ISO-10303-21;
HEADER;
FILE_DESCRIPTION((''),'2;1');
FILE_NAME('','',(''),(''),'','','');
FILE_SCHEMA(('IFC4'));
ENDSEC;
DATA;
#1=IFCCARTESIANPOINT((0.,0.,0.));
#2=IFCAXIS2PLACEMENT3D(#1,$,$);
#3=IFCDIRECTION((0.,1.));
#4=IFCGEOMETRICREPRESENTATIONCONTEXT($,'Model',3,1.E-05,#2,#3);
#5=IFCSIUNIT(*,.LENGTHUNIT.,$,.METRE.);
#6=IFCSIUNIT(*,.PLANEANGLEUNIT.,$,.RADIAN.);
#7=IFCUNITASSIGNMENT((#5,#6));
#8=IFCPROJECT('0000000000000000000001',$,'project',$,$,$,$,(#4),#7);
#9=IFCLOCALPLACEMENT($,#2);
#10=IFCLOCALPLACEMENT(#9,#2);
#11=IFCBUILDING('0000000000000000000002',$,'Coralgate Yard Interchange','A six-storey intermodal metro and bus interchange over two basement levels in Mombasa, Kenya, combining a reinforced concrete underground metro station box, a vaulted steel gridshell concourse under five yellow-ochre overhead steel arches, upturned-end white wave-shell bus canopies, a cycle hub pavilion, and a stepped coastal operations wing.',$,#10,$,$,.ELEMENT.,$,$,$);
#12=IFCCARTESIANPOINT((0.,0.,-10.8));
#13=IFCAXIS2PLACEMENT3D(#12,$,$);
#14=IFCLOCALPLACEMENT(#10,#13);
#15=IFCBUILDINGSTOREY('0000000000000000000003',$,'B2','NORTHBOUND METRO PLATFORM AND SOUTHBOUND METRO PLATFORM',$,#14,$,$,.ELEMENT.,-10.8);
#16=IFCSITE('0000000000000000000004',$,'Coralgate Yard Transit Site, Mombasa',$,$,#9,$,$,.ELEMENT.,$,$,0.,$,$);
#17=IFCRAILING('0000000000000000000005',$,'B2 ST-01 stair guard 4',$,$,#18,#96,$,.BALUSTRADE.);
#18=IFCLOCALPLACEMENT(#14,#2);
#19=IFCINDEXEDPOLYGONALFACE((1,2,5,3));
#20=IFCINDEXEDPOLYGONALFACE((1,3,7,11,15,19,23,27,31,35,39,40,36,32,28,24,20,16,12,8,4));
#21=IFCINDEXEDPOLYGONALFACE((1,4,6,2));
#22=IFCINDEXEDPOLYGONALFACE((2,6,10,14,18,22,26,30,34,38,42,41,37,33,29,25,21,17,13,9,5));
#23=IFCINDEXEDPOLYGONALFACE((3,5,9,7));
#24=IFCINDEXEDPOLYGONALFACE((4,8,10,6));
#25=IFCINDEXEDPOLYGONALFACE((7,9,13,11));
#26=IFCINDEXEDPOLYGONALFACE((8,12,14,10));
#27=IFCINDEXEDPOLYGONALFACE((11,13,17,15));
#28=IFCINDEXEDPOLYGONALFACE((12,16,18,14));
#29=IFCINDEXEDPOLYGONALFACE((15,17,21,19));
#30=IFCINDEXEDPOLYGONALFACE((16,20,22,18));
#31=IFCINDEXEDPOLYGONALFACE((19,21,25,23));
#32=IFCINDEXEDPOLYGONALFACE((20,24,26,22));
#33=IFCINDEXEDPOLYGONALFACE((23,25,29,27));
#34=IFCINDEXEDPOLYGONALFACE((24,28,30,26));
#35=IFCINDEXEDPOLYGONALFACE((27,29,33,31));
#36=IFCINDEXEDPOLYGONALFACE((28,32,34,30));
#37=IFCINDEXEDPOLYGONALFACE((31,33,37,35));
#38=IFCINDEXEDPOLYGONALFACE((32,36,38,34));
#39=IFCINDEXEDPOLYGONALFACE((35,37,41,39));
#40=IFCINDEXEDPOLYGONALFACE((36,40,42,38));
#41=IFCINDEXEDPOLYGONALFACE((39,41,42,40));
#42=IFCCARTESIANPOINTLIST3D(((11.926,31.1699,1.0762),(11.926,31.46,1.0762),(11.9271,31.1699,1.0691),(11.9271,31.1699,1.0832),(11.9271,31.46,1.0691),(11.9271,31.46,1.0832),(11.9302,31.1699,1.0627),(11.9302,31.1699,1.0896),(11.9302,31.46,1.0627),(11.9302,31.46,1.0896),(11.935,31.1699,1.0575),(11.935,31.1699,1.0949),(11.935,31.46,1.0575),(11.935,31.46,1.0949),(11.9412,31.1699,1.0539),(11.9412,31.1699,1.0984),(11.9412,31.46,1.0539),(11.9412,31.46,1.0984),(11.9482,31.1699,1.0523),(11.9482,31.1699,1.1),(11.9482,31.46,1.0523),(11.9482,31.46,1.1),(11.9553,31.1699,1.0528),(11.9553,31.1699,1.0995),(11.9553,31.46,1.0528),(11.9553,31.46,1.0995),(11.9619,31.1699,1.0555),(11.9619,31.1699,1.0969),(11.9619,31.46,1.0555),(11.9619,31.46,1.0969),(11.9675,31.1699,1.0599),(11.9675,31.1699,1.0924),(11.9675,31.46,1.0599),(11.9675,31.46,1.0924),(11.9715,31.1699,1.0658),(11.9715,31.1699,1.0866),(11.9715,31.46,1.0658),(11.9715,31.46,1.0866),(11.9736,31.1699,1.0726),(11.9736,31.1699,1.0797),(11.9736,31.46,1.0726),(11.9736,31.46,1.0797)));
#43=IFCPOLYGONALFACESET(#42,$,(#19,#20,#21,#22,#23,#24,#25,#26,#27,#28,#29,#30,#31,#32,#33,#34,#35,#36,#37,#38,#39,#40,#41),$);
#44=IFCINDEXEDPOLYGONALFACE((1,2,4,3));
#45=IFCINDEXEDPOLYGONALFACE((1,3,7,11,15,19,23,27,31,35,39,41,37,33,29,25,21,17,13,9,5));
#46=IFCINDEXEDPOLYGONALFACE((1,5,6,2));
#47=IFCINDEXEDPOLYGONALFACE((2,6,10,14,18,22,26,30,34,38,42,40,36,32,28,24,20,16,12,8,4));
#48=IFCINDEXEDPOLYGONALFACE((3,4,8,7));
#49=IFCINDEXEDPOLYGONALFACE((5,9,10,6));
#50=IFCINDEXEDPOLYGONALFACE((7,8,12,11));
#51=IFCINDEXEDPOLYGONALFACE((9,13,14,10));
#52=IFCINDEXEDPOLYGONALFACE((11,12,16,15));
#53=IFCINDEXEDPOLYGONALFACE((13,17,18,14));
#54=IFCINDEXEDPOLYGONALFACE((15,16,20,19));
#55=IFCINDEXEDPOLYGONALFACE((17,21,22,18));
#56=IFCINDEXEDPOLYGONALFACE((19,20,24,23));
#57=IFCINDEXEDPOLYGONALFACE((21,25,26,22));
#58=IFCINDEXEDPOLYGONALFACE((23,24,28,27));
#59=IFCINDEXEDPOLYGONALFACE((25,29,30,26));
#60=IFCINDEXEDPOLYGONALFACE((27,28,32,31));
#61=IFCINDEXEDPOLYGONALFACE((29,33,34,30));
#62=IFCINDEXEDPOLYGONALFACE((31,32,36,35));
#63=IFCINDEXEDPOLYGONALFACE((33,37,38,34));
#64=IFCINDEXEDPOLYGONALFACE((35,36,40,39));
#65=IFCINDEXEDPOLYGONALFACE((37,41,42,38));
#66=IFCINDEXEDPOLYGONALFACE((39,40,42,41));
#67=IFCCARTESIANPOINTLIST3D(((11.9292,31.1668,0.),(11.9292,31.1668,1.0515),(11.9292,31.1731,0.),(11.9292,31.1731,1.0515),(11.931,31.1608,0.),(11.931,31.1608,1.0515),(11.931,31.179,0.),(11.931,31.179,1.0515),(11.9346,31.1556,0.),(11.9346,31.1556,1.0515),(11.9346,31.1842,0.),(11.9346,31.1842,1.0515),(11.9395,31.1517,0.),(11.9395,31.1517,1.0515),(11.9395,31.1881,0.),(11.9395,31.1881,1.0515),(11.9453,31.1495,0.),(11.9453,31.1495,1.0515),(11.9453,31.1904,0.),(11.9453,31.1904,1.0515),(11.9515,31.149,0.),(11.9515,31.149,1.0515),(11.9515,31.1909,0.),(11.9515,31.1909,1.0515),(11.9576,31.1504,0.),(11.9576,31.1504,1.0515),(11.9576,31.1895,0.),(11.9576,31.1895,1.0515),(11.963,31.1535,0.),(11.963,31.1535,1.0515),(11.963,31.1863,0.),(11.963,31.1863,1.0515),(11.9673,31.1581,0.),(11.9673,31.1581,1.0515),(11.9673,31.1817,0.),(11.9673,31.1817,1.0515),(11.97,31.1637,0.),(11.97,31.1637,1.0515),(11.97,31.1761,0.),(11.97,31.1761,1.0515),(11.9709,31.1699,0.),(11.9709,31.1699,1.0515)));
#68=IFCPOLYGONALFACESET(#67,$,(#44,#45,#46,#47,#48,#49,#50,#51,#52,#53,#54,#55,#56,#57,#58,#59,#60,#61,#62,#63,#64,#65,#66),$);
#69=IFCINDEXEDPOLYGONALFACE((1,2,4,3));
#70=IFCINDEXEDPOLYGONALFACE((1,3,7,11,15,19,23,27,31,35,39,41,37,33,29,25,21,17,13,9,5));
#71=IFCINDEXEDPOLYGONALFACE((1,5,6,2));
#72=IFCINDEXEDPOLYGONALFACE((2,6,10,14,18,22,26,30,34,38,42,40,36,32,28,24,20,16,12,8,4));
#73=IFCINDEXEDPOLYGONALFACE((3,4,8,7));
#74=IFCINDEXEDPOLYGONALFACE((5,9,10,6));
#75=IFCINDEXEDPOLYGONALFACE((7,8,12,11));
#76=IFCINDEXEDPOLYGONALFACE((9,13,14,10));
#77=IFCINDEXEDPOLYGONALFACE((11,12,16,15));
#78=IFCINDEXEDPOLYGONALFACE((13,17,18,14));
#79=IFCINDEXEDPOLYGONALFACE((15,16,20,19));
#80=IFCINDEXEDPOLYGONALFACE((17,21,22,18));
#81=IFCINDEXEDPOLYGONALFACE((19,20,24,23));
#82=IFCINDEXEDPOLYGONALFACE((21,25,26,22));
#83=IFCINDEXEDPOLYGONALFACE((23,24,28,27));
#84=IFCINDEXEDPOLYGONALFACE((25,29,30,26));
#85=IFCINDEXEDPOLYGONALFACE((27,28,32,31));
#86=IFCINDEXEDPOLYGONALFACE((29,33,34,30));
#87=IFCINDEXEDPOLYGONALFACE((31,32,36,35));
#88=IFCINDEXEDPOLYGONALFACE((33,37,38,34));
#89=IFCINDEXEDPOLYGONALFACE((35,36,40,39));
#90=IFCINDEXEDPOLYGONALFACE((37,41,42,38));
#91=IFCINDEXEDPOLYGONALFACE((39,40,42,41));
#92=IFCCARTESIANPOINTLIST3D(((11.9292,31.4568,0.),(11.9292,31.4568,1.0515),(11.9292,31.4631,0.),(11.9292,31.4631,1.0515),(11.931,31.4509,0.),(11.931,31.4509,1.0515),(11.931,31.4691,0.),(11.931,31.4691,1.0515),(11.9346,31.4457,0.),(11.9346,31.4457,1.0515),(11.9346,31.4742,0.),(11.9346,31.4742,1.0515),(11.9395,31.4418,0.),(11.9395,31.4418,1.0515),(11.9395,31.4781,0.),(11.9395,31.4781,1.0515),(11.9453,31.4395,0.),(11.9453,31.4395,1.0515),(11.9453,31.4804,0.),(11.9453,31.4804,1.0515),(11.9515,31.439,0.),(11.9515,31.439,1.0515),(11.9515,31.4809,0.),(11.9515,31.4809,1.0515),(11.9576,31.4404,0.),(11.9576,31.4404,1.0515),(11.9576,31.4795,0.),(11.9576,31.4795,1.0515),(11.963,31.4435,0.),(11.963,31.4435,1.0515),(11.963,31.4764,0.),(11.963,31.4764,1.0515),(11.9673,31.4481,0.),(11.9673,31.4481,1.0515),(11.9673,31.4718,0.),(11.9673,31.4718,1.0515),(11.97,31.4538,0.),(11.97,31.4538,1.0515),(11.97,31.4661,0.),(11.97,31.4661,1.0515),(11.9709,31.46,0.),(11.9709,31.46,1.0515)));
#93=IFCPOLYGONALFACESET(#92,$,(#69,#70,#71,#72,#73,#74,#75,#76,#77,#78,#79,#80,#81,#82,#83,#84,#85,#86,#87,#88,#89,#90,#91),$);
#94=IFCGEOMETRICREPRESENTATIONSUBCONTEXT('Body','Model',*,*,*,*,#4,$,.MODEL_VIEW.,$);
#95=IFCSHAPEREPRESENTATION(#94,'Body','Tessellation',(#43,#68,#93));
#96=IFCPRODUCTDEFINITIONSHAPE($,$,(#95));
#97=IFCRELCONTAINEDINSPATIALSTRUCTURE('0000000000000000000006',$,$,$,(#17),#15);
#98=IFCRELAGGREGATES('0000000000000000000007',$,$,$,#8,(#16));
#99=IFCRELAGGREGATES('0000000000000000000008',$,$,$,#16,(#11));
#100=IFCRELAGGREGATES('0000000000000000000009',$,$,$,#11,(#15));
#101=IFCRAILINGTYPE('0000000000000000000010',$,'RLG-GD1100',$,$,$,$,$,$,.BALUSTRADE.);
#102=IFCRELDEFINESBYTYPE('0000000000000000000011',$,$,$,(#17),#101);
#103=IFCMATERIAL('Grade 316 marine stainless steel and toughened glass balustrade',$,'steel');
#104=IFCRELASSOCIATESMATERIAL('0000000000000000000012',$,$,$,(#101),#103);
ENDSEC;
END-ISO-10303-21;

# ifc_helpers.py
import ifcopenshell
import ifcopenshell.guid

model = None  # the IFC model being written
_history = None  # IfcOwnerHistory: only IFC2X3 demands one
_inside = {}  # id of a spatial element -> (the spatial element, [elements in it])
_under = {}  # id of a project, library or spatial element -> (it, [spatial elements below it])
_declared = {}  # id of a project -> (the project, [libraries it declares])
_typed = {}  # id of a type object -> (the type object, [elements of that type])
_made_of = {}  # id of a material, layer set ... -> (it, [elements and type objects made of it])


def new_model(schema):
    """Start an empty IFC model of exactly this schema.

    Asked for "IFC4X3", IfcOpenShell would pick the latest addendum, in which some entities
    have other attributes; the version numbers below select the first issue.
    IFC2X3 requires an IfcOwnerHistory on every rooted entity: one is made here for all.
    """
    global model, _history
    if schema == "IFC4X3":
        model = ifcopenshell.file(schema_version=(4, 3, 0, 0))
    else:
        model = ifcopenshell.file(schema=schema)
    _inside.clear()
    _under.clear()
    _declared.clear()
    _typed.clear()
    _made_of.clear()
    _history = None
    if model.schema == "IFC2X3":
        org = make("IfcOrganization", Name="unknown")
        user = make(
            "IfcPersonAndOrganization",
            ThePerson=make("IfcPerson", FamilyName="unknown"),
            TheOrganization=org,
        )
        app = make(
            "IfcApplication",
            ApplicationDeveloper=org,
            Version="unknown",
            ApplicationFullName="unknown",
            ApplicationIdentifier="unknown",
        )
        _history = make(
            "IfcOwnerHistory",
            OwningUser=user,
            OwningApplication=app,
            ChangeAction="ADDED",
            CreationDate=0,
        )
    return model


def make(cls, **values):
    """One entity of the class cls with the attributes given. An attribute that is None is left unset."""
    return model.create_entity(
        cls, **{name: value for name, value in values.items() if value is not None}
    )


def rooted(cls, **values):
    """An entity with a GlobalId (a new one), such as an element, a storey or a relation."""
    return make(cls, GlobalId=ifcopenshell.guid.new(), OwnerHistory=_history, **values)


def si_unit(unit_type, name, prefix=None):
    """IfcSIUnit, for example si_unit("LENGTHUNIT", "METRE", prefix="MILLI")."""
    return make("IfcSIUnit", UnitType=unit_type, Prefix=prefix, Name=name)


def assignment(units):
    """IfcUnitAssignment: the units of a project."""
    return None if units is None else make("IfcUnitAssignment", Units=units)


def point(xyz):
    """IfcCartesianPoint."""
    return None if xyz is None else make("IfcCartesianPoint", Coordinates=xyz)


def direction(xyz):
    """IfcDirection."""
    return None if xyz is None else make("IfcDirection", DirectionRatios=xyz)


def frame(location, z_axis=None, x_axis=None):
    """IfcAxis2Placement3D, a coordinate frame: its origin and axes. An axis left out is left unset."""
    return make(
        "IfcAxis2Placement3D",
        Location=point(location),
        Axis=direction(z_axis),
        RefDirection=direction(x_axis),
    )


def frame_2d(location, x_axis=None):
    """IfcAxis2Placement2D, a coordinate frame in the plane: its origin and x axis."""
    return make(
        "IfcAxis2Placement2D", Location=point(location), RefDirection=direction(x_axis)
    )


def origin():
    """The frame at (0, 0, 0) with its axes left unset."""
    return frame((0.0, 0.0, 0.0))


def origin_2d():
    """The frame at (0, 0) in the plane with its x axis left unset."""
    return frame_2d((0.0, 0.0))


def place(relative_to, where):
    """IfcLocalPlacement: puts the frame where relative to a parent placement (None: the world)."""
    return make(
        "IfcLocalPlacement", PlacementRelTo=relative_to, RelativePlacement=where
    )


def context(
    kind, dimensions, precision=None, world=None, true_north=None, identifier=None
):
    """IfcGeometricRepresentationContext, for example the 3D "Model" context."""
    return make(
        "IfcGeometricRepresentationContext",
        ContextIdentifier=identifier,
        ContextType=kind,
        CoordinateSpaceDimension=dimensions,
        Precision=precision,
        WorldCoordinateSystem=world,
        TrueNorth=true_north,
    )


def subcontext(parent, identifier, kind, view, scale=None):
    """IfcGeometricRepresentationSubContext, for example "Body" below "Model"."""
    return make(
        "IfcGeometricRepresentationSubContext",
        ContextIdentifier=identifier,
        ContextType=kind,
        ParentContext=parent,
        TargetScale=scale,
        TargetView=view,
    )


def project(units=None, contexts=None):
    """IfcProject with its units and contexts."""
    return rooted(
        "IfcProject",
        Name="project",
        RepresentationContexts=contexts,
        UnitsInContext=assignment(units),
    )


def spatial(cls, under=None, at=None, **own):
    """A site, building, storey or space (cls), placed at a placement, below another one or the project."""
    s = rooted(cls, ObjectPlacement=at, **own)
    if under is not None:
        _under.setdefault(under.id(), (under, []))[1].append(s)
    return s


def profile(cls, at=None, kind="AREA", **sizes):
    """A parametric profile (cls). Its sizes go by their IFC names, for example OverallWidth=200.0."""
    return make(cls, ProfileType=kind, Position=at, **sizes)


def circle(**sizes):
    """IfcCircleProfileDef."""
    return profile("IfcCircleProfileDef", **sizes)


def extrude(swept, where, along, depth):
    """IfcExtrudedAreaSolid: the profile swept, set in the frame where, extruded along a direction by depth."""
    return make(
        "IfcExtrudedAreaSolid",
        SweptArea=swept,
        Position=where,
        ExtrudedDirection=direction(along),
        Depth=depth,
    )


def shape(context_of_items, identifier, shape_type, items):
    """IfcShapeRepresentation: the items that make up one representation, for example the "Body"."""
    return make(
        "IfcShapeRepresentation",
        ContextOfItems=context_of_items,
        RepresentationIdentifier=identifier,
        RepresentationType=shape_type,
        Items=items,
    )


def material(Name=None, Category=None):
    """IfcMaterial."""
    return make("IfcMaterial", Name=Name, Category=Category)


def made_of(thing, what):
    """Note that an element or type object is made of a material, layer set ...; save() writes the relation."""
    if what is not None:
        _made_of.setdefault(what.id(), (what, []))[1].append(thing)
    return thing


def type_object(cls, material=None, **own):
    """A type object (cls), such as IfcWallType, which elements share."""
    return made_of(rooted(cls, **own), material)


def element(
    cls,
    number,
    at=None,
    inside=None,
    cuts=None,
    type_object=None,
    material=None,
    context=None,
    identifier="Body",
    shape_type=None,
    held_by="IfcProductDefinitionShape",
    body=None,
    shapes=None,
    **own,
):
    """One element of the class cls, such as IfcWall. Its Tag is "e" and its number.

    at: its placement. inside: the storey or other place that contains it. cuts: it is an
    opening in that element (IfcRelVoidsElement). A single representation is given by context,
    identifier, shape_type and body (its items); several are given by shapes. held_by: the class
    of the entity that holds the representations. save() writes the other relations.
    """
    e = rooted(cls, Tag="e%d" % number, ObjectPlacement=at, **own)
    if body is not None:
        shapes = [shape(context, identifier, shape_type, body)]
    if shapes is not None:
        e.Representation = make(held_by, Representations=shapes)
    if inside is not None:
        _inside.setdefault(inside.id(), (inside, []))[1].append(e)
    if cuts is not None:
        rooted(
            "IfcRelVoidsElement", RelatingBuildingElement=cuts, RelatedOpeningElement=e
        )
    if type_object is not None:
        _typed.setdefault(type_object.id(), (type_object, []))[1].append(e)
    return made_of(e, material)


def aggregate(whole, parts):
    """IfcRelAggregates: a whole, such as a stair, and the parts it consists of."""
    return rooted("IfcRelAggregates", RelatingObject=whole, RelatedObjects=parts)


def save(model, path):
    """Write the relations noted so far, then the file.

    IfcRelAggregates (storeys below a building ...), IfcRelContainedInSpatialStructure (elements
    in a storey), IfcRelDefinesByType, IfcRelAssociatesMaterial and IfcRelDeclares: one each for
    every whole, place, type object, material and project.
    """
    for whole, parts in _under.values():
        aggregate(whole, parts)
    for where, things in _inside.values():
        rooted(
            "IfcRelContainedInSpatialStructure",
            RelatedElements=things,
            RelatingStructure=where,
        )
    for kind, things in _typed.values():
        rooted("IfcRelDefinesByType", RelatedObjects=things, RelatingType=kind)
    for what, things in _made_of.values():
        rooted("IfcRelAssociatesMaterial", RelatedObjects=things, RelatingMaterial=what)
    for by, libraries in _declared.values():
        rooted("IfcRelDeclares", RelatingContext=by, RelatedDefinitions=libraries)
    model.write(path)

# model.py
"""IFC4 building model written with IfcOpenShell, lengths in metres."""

from ifc_helpers import new_model, si_unit, direction, frame, origin, origin_2d, place, context, subcontext, project, spatial, circle, extrude, material, type_object, element, save


model = new_model("IFC4")

# Units and contexts
model_context = context("Model", 3, precision=1e-05, world=origin(), true_north=direction((0.0, 1.0)))
body_context = subcontext(model_context, "Body", "Model", "MODEL_VIEW")
ifc_project = project(units=[si_unit("LENGTHUNIT", "METRE"), si_unit("PLANEANGLEUNIT", "RADIAN")], contexts=[model_context])

# Site, building, storey
site_placement = place(None, origin())
site = spatial("IfcSite", under=ifc_project, at=site_placement, Name="Coralgate Yard Transit Site, Mombasa", CompositionType="ELEMENT", RefElevation=0.0)
building_placement = place(site_placement, origin())
building = spatial("IfcBuilding", under=site, at=building_placement, Name="Coralgate Yard Interchange", Description="A six-storey intermodal metro and bus interchange over two basement levels in Mombasa, Kenya, combining a reinforced concrete underground metro station box, a vaulted steel gridshell concourse under five yellow-ochre overhead steel arches, upturned-end white wave-shell bus canopies, a cycle hub pavilion, and a stepped coastal operations wing.", CompositionType="ELEMENT")
storey_placement = place(building_placement, frame((0.0, 0.0, -10.8)))
storey = spatial("IfcBuildingStorey", under=building, at=storey_placement, Name="B2", Description="NORTHBOUND METRO PLATFORM AND SOUTHBOUND METRO PLATFORM", CompositionType="ELEMENT", Elevation=-10.8)

# Railing
ifc_material_1 = material(Name="Grade 316 marine stainless steel and toughened glass balustrade", Category="steel")
railing_type_1 = type_object("IfcRailingType", Name="RLG-GD1100", PredefinedType="BALUSTRADE", material=ifc_material_1)
railing_1_placement = place(storey_placement, frame((11.95, 31.1699, 0.0)))
element("IfcRailing", 1, at=railing_1_placement, inside=storey, type_object=railing_type_1, Name="B2 ST-01 stair guard 4", PredefinedType="BALUSTRADE", context=body_context, shape_type="SweptSolid", body=[
    extrude(circle(Radius=0.0239, at=origin_2d()), frame((0.0, 0.0, 1.0762), z_axis=(0.0, 1.0, 0.0), x_axis=(-1.0, 0.0, 0.0)), (0.0, 0.0, 1.0), 0.29),
    extrude(circle(Radius=0.021, at=origin_2d()), origin(), (0.0, 0.0, 1.0), 1.0515),
    extrude(circle(Radius=0.021, at=origin_2d()), frame((0.0, 0.29, 0.0)), (0.0, 0.0, 1.0), 1.0515),
])

save(model, "model.ifc")
